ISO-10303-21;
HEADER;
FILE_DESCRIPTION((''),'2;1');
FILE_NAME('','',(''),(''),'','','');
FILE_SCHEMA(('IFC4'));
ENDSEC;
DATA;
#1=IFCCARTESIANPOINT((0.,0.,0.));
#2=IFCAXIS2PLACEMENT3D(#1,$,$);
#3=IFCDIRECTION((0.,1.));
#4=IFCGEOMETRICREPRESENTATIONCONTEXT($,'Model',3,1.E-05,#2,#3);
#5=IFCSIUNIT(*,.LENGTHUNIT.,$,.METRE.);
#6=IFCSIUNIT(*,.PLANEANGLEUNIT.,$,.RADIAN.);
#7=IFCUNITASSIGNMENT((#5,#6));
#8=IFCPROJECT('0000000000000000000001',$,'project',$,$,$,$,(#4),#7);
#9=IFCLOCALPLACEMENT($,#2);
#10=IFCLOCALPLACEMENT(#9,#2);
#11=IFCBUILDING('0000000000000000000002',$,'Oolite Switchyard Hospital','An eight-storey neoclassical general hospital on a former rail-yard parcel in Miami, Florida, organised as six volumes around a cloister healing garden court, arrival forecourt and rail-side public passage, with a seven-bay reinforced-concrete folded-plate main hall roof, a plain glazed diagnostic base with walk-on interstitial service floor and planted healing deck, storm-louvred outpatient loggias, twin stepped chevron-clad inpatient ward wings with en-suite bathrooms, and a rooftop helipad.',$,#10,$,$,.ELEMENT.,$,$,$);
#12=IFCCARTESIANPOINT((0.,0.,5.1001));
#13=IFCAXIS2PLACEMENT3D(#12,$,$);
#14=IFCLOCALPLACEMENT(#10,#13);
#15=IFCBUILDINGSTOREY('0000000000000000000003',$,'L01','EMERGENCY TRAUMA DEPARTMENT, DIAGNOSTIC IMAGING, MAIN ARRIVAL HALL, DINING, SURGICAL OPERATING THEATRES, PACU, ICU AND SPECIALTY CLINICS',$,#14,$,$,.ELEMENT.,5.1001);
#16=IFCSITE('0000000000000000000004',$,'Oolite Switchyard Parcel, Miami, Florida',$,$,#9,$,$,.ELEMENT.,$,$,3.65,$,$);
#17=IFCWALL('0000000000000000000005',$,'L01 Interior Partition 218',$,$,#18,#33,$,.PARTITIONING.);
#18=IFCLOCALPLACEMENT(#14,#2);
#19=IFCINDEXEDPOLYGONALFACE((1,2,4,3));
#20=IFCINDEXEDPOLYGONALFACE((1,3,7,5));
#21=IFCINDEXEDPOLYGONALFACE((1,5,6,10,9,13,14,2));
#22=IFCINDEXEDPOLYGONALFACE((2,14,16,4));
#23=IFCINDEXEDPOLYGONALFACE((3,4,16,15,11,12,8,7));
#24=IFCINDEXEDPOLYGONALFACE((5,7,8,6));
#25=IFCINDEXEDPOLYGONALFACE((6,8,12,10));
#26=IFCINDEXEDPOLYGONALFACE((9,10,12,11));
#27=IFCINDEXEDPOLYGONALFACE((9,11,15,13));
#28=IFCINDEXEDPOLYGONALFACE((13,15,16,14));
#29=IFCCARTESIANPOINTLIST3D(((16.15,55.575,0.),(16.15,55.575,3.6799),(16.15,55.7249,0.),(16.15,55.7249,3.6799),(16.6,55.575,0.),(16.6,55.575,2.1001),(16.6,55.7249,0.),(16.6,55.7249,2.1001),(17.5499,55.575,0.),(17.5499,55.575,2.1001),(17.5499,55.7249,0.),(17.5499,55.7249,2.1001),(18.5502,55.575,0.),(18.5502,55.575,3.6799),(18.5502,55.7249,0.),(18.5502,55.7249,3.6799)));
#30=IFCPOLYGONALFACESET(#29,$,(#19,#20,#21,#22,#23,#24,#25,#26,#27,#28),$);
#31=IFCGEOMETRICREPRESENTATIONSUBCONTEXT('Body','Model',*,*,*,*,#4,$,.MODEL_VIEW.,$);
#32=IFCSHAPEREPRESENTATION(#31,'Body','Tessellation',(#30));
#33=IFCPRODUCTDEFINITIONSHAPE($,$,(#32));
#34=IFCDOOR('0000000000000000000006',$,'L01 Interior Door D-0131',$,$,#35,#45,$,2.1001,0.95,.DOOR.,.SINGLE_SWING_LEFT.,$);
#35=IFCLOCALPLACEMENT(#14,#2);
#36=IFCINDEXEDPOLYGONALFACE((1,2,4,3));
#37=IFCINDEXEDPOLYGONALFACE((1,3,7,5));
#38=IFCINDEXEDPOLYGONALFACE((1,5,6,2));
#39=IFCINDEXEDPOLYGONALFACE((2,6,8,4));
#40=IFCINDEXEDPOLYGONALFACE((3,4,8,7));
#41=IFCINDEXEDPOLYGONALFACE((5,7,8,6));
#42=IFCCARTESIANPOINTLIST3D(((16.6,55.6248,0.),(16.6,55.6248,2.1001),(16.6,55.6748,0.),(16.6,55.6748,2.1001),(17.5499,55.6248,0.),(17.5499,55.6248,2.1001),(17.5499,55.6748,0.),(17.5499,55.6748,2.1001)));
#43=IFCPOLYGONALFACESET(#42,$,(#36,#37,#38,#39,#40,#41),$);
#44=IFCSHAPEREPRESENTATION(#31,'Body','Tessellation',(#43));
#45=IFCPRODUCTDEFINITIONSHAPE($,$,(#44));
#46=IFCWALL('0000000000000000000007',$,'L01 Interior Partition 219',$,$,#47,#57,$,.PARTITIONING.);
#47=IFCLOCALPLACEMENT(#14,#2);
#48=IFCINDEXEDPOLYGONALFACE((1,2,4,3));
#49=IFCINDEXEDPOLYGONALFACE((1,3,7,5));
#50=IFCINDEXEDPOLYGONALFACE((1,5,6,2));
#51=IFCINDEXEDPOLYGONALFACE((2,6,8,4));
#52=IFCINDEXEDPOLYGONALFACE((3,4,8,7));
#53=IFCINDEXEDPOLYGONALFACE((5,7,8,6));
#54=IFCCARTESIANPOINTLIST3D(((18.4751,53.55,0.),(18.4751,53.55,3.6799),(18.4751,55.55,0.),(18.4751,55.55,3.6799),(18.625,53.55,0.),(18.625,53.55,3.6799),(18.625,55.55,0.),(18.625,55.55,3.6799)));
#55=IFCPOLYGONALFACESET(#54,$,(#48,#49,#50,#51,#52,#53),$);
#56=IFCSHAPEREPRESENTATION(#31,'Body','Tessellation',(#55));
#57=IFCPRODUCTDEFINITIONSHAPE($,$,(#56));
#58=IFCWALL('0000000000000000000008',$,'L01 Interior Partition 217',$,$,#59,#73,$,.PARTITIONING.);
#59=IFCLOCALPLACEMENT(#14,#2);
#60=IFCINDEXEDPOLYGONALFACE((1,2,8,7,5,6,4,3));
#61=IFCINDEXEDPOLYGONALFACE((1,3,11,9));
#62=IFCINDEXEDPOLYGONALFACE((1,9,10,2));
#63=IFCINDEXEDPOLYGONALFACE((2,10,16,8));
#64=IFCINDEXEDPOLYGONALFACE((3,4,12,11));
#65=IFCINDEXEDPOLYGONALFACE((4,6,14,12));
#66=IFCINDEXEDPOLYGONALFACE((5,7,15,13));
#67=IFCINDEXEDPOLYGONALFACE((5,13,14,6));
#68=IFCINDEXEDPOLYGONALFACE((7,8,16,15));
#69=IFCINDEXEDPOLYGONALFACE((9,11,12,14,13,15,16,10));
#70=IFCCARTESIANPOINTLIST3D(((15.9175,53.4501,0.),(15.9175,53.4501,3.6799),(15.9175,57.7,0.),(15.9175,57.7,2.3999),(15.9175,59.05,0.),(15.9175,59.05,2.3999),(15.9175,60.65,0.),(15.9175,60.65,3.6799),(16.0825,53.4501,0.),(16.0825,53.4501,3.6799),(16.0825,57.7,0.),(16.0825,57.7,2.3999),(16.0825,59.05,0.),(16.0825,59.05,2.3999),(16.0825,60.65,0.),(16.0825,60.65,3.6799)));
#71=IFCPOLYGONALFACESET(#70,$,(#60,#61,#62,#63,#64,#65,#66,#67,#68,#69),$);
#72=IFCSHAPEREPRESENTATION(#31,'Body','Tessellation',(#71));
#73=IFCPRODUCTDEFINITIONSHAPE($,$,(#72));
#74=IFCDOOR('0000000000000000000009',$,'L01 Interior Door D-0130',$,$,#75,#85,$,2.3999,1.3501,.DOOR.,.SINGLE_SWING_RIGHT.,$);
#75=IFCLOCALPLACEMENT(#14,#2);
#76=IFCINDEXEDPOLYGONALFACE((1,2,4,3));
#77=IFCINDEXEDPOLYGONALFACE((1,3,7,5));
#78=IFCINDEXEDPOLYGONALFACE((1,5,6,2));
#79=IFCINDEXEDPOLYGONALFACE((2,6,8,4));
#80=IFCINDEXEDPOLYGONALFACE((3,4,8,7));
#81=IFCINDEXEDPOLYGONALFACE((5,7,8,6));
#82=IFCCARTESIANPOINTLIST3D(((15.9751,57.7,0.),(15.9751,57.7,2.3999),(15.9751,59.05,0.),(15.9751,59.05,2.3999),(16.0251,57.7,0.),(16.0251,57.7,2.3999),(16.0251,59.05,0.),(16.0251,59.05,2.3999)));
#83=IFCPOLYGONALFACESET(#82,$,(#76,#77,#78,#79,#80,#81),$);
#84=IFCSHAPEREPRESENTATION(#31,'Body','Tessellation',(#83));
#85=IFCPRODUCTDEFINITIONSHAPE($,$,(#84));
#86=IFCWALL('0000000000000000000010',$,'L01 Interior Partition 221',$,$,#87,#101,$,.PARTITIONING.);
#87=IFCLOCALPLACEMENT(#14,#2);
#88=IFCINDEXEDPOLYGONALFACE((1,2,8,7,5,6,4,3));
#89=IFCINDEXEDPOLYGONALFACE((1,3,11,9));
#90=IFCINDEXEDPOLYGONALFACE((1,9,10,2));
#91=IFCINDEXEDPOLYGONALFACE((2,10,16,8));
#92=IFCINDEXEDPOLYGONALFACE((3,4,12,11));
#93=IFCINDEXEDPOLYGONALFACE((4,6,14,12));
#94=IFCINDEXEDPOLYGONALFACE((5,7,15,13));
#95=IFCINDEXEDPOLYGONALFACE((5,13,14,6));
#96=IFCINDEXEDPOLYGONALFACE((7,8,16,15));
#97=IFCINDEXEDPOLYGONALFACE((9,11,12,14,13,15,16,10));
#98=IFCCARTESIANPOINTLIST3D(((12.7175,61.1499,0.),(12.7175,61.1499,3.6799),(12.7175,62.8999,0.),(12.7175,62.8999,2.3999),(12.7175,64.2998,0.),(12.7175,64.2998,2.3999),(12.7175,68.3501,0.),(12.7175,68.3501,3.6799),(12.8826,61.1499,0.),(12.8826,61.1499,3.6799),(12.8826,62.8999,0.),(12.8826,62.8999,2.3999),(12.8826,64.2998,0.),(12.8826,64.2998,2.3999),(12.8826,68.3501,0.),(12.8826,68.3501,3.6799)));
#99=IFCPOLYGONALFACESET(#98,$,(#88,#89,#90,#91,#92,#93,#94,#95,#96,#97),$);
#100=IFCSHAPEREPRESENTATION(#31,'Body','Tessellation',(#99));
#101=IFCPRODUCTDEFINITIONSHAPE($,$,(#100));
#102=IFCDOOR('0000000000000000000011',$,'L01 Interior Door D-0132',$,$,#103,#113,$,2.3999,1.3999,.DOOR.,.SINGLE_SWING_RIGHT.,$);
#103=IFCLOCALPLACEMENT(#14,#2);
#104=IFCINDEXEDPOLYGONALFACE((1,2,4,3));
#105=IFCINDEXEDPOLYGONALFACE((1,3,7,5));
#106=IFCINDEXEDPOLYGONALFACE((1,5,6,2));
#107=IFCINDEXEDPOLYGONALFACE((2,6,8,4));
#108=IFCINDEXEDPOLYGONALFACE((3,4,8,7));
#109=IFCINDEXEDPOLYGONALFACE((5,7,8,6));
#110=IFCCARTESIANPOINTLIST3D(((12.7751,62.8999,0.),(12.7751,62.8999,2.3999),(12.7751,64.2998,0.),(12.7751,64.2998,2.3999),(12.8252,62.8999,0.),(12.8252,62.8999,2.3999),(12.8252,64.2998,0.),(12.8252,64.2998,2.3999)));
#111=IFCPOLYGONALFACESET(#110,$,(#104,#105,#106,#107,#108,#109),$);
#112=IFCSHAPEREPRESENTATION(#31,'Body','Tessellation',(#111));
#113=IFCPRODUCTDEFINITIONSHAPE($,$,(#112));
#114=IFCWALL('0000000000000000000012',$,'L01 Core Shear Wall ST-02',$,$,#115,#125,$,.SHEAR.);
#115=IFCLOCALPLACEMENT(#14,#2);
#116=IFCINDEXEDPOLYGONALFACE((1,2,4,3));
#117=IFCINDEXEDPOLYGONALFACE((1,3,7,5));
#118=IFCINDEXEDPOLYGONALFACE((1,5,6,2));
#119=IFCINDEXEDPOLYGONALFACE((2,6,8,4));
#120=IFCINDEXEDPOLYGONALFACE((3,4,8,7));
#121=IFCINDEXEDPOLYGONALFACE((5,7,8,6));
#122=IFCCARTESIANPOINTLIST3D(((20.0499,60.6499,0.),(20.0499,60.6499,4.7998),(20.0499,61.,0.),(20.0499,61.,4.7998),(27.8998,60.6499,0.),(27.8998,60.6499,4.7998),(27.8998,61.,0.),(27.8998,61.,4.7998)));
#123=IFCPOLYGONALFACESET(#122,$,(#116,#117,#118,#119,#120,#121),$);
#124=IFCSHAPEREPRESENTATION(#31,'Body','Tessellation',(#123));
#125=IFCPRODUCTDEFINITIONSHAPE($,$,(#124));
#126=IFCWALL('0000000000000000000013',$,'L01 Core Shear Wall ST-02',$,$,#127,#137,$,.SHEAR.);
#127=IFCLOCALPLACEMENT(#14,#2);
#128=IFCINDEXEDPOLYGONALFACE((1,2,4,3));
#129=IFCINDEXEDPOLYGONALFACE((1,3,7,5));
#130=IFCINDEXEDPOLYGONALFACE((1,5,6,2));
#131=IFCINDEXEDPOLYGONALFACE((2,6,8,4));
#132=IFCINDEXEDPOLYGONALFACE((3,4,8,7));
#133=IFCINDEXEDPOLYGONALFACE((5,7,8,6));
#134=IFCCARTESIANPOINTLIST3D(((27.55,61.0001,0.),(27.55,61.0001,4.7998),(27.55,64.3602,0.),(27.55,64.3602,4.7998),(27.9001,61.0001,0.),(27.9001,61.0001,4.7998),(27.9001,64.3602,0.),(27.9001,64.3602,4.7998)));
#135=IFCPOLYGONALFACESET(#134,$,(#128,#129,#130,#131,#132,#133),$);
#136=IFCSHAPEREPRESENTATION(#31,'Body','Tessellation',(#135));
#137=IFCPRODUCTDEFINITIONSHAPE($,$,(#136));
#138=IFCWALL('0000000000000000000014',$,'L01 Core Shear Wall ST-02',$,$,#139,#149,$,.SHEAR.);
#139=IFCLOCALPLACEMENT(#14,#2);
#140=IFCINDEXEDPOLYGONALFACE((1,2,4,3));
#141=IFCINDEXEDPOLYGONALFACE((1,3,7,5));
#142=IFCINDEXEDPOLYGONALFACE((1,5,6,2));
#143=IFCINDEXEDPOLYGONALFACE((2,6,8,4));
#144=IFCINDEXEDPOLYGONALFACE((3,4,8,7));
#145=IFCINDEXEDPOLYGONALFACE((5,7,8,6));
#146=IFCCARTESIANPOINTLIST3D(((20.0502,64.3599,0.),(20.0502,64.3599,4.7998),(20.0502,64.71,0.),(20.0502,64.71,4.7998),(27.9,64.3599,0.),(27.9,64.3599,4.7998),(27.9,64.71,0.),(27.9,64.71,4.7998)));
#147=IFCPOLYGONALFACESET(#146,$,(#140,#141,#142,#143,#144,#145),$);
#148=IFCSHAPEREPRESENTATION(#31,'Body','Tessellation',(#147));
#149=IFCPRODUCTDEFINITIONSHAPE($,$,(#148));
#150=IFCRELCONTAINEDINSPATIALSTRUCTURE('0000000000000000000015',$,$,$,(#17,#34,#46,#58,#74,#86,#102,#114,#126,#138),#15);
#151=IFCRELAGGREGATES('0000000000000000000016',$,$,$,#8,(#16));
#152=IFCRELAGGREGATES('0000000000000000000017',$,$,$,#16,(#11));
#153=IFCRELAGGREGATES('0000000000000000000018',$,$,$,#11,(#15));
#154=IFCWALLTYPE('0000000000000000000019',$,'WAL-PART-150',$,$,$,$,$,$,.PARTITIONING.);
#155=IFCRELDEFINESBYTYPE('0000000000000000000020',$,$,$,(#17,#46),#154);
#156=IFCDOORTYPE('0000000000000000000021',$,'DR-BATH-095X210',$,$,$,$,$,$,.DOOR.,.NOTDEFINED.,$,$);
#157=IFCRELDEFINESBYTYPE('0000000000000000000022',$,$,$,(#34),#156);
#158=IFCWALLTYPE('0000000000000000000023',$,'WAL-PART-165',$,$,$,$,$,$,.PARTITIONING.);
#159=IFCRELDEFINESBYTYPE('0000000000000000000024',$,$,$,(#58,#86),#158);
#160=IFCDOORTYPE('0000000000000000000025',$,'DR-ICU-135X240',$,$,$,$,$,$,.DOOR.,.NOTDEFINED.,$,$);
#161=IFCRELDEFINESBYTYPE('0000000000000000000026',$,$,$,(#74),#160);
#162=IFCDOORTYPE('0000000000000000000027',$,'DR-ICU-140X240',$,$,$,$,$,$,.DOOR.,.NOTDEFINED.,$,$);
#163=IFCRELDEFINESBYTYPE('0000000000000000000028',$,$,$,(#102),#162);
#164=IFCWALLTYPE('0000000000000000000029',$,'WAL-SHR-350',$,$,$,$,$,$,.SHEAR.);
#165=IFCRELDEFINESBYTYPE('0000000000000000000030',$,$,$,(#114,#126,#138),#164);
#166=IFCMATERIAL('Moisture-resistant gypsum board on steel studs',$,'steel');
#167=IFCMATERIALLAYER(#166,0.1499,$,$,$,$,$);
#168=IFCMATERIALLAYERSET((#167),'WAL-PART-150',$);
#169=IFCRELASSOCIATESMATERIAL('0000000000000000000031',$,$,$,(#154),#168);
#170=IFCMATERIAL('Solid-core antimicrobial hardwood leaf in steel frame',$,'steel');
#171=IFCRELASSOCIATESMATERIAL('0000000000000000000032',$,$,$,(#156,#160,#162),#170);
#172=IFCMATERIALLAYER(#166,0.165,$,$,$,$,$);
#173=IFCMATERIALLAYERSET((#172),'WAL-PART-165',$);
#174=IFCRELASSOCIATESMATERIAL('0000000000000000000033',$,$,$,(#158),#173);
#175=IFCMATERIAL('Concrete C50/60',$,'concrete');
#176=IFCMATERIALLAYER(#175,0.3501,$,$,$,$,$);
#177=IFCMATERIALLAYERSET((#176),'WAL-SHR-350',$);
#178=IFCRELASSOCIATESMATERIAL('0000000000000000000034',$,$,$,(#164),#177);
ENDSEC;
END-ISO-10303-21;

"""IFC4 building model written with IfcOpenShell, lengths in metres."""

from ifc_helpers import new_model, si_unit, direction, frame, frame_2d, origin, place, context, subcontext, project, spatial, rectangle, extrude, material, layer, layer_set, type_object, element, fill, save


model = new_model("IFC4")

# Units and contexts
model_context = context("Model", 3, precision=1e-05, world=origin(), true_north=direction((0.0, 1.0)))
body_context = subcontext(model_context, "Body", "Model", "MODEL_VIEW")
ifc_project = project(units=[si_unit("LENGTHUNIT", "METRE"), si_unit("PLANEANGLEUNIT", "RADIAN")], contexts=[model_context])

# Site, building, storey
site_placement = place(None, origin())
site = spatial("IfcSite", under=ifc_project, at=site_placement, Name="Oolite Switchyard Parcel, Miami, Florida", CompositionType="ELEMENT", RefElevation=3.65)
building_placement = place(site_placement, origin())
building = spatial("IfcBuilding", under=site, at=building_placement, Name="Oolite Switchyard Hospital", Description="An eight-storey neoclassical general hospital on a former rail-yard parcel in Miami, Florida, organised as six volumes around a cloister healing garden court, arrival forecourt and rail-side public passage, with a seven-bay reinforced-concrete folded-plate main hall roof, a plain glazed diagnostic base with walk-on interstitial service floor and planted healing deck, storm-louvred outpatient loggias, twin stepped chevron-clad inpatient ward wings with en-suite bathrooms, and a rooftop helipad.", CompositionType="ELEMENT")
storey_placement = place(building_placement, frame((0.0, 0.0, 5.1001)))
storey = spatial("IfcBuildingStorey", under=building, at=storey_placement, Name="L01", Description="EMERGENCY TRAUMA DEPARTMENT, DIAGNOSTIC IMAGING, MAIN ARRIVAL HALL, DINING, SURGICAL OPERATING THEATRES, PACU, ICU AND SPECIALTY CLINICS", CompositionType="ELEMENT", Elevation=5.1001)

# Shared definitions
ifc_material_1 = material(Name="Concrete C50/60", Category="concrete")

# Shared definitions
ifc_material_2 = material(Name="Moisture-resistant gypsum board on steel studs", Category="steel")

# Wall, opening, door
ifc_layer_1 = layer(ifc_material_2, 0.1499)
ifc_layer_set_1 = layer_set([ifc_layer_1], Name="WAL-PART-150")
wall_type_1 = type_object("IfcWallType", Name="WAL-PART-150", PredefinedType="PARTITIONING", material=ifc_layer_set_1)
wall_1_placement = place(storey_placement, frame((16.1499, 55.6499, 0.0), z_axis=(0.0, 0.0, 1.0), x_axis=(1.0, 0.0, 0.0)))
wall_1 = element("IfcWall", 1, at=wall_1_placement, inside=storey, type_object=wall_type_1, Name="L01 Interior Partition 218", PredefinedType="PARTITIONING", context=body_context, shape_type="SweptSolid", body=[
    extrude(rectangle(XDim=2.4001, YDim=0.1499, at=frame_2d((1.2002, 0.0))), origin(), (0.0, 0.0, 1.0), 3.6799),
])
opening_1_placement = place(wall_1_placement, frame((0.45, 0.0, 0.0)))
opening_1 = element("IfcOpeningElement", 2, at=opening_1_placement, cuts=wall_1, PredefinedType="OPENING", context=body_context, shape_type="SweptSolid", body=[
    extrude(rectangle(XDim=0.95, YDim=2.1001, at=frame_2d((0.4751, 1.05))), frame((0.0, 0.085, 0.0), z_axis=(0.0, -1.0, 0.0), x_axis=(1.0, 0.0, 0.0)), (0.0, 0.0, 1.0), 0.1699),
])
ifc_material_3 = material(Name="Solid-core antimicrobial hardwood leaf in steel frame", Category="steel")
door_type_1 = type_object("IfcDoorType", Name="DR-BATH-095X210", OperationType="NOTDEFINED", PredefinedType="DOOR", material=ifc_material_3)
door_1_placement = place(opening_1_placement, origin())
door_1 = element("IfcDoor", 3, at=door_1_placement, inside=storey, type_object=door_type_1, Name="L01 Interior Door D-0131", OperationType="SINGLE_SWING_LEFT", OverallHeight=2.1001, OverallWidth=0.95, PredefinedType="DOOR", context=body_context, shape_type="SweptSolid", body=[
    extrude(rectangle(XDim=0.95, YDim=2.1001, at=frame_2d((0.4751, 1.05))), frame((0.0, 0.0249, 0.0), z_axis=(0.0, -1.0, 0.0), x_axis=(1.0, 0.0, 0.0)), (0.0, 0.0, 1.0), 0.05),
])
fill(opening_1, door_1)

# Wall
wall_2_placement = place(storey_placement, frame((18.55, 53.55, 0.0), z_axis=(0.0, 0.0, 1.0), x_axis=(0.0, 1.0, 0.0)))
element("IfcWall", 4, at=wall_2_placement, inside=storey, type_object=wall_type_1, Name="L01 Interior Partition 219", PredefinedType="PARTITIONING", context=body_context, shape_type="SweptSolid", body=[
    extrude(rectangle(XDim=2.0, YDim=0.1499, at=frame_2d((1.0, 0.0))), origin(), (0.0, 0.0, 1.0), 3.6799),
])

# Walls, openings, doors
ifc_layer_2 = layer(ifc_material_2, 0.165)
ifc_layer_set_2 = layer_set([ifc_layer_2], Name="WAL-PART-165")
wall_type_2 = type_object("IfcWallType", Name="WAL-PART-165", PredefinedType="PARTITIONING", material=ifc_layer_set_2)
wall_3_placement = place(storey_placement, frame((16.0, 53.45, 0.0), z_axis=(0.0, 0.0, 1.0), x_axis=(0.0, 1.0, 0.0)))
wall_3 = element("IfcWall", 5, at=wall_3_placement, inside=storey, type_object=wall_type_2, Name="L01 Interior Partition 217", PredefinedType="PARTITIONING", context=body_context, shape_type="SweptSolid", body=[
    extrude(rectangle(XDim=7.2, YDim=0.165, at=frame_2d((3.6001, 0.0))), origin(), (0.0, 0.0, 1.0), 3.6799),
])
opening_2_placement = place(wall_3_placement, frame((4.25, 0.0, 0.0)))
opening_2 = element("IfcOpeningElement", 6, at=opening_2_placement, cuts=wall_3, PredefinedType="OPENING", context=body_context, shape_type="SweptSolid", body=[
    extrude(rectangle(XDim=1.3501, YDim=2.3999, at=frame_2d((0.675, 1.2))), frame((0.0, 0.0925, 0.0), z_axis=(0.0, -1.0, 0.0), x_axis=(1.0, 0.0, 0.0)), (0.0, 0.0, 1.0), 0.1851),
])
door_type_2 = type_object("IfcDoorType", Name="DR-ICU-135X240", OperationType="NOTDEFINED", PredefinedType="DOOR", material=ifc_material_3)
door_2_placement = place(opening_2_placement, origin())
door_2 = element("IfcDoor", 7, at=door_2_placement, inside=storey, type_object=door_type_2, Name="L01 Interior Door D-0130", OperationType="SINGLE_SWING_RIGHT", OverallHeight=2.3999, OverallWidth=1.3501, PredefinedType="DOOR", context=body_context, shape_type="SweptSolid", body=[
    extrude(rectangle(XDim=1.3501, YDim=2.3999, at=frame_2d((0.675, 1.2))), frame((0.0, 0.0249, 0.0), z_axis=(0.0, -1.0, 0.0), x_axis=(1.0, 0.0, 0.0)), (0.0, 0.0, 1.0), 0.05),
])
fill(opening_2, door_2)
wall_4_placement = place(storey_placement, frame((12.8, 61.1499, 0.0), z_axis=(0.0, 0.0, 1.0), x_axis=(0.0, 1.0, 0.0)))
wall_4 = element("IfcWall", 8, at=wall_4_placement, inside=storey, type_object=wall_type_2, Name="L01 Interior Partition 221", PredefinedType="PARTITIONING", context=body_context, shape_type="SweptSolid", body=[
    extrude(rectangle(XDim=7.2002, YDim=0.165, at=frame_2d((3.6001, 0.0))), origin(), (0.0, 0.0, 1.0), 3.6799),
])
opening_3_placement = place(wall_4_placement, frame((1.75, 0.0, 0.0)))
opening_3 = element("IfcOpeningElement", 9, at=opening_3_placement, cuts=wall_4, PredefinedType="OPENING", context=body_context, shape_type="SweptSolid", body=[
    extrude(rectangle(XDim=1.3999, YDim=2.3999, at=frame_2d((0.7, 1.2))), frame((0.0, 0.0925, 0.0), z_axis=(0.0, -1.0, 0.0), x_axis=(1.0, 0.0, 0.0)), (0.0, 0.0, 1.0), 0.1851),
])
door_type_3 = type_object("IfcDoorType", Name="DR-ICU-140X240", OperationType="NOTDEFINED", PredefinedType="DOOR", material=ifc_material_3)
door_3_placement = place(opening_3_placement, origin())
door_3 = element("IfcDoor", 10, at=door_3_placement, inside=storey, type_object=door_type_3, Name="L01 Interior Door D-0132", OperationType="SINGLE_SWING_RIGHT", OverallHeight=2.3999, OverallWidth=1.3999, PredefinedType="DOOR", context=body_context, shape_type="SweptSolid", body=[
    extrude(rectangle(XDim=1.3999, YDim=2.3999, at=frame_2d((0.7, 1.2))), frame((0.0, 0.0249, 0.0), z_axis=(0.0, -1.0, 0.0), x_axis=(1.0, 0.0, 0.0)), (0.0, 0.0, 1.0), 0.05),
])
fill(opening_3, door_3)

# Walls
ifc_layer_3 = layer(ifc_material_1, 0.3501)
ifc_layer_set_3 = layer_set([ifc_layer_3], Name="WAL-SHR-350")
wall_type_3 = type_object("IfcWallType", Name="WAL-SHR-350", PredefinedType="SHEAR", material=ifc_layer_set_3)
wall_5_placement = place(storey_placement, frame((20.05, 60.825, 0.0), z_axis=(0.0, 0.0, 1.0), x_axis=(1.0, 0.0, 0.0)))
element("IfcWall", 11, at=wall_5_placement, inside=storey, type_object=wall_type_3, Name="L01 Core Shear Wall ST-02", PredefinedType="SHEAR", context=body_context, shape_type="SweptSolid", body=[
    extrude(rectangle(XDim=7.8499, YDim=0.3501, at=frame_2d((3.9248, 0.0))), origin(), (0.0, 0.0, 1.0), 4.7998),
])
wall_6_placement = place(storey_placement, frame((27.7251, 61.0, 0.0), z_axis=(0.0, 0.0, 1.0), x_axis=(0.0, 1.0, 0.0)))
element("IfcWall", 12, at=wall_6_placement, inside=storey, type_object=wall_type_3, Name="L01 Core Shear Wall ST-02", PredefinedType="SHEAR", context=body_context, shape_type="SweptSolid", body=[
    extrude(rectangle(XDim=3.3601, YDim=0.3501, at=frame_2d((1.6802, 0.0))), origin(), (0.0, 0.0, 1.0), 4.7998),
])
wall_7_placement = place(storey_placement, frame((27.8999, 64.5349, 0.0), z_axis=(0.0, 0.0, 1.0), x_axis=(-1.0, 0.0, 0.0)))
element("IfcWall", 13, at=wall_7_placement, inside=storey, type_object=wall_type_3, Name="L01 Core Shear Wall ST-02", PredefinedType="SHEAR", context=body_context, shape_type="SweptSolid", body=[
    extrude(rectangle(XDim=7.8499, YDim=0.3501, at=frame_2d((3.9248, 0.0))), origin(), (0.0, 0.0, 1.0), 4.7998),
])

save(model, "model.ifc")
